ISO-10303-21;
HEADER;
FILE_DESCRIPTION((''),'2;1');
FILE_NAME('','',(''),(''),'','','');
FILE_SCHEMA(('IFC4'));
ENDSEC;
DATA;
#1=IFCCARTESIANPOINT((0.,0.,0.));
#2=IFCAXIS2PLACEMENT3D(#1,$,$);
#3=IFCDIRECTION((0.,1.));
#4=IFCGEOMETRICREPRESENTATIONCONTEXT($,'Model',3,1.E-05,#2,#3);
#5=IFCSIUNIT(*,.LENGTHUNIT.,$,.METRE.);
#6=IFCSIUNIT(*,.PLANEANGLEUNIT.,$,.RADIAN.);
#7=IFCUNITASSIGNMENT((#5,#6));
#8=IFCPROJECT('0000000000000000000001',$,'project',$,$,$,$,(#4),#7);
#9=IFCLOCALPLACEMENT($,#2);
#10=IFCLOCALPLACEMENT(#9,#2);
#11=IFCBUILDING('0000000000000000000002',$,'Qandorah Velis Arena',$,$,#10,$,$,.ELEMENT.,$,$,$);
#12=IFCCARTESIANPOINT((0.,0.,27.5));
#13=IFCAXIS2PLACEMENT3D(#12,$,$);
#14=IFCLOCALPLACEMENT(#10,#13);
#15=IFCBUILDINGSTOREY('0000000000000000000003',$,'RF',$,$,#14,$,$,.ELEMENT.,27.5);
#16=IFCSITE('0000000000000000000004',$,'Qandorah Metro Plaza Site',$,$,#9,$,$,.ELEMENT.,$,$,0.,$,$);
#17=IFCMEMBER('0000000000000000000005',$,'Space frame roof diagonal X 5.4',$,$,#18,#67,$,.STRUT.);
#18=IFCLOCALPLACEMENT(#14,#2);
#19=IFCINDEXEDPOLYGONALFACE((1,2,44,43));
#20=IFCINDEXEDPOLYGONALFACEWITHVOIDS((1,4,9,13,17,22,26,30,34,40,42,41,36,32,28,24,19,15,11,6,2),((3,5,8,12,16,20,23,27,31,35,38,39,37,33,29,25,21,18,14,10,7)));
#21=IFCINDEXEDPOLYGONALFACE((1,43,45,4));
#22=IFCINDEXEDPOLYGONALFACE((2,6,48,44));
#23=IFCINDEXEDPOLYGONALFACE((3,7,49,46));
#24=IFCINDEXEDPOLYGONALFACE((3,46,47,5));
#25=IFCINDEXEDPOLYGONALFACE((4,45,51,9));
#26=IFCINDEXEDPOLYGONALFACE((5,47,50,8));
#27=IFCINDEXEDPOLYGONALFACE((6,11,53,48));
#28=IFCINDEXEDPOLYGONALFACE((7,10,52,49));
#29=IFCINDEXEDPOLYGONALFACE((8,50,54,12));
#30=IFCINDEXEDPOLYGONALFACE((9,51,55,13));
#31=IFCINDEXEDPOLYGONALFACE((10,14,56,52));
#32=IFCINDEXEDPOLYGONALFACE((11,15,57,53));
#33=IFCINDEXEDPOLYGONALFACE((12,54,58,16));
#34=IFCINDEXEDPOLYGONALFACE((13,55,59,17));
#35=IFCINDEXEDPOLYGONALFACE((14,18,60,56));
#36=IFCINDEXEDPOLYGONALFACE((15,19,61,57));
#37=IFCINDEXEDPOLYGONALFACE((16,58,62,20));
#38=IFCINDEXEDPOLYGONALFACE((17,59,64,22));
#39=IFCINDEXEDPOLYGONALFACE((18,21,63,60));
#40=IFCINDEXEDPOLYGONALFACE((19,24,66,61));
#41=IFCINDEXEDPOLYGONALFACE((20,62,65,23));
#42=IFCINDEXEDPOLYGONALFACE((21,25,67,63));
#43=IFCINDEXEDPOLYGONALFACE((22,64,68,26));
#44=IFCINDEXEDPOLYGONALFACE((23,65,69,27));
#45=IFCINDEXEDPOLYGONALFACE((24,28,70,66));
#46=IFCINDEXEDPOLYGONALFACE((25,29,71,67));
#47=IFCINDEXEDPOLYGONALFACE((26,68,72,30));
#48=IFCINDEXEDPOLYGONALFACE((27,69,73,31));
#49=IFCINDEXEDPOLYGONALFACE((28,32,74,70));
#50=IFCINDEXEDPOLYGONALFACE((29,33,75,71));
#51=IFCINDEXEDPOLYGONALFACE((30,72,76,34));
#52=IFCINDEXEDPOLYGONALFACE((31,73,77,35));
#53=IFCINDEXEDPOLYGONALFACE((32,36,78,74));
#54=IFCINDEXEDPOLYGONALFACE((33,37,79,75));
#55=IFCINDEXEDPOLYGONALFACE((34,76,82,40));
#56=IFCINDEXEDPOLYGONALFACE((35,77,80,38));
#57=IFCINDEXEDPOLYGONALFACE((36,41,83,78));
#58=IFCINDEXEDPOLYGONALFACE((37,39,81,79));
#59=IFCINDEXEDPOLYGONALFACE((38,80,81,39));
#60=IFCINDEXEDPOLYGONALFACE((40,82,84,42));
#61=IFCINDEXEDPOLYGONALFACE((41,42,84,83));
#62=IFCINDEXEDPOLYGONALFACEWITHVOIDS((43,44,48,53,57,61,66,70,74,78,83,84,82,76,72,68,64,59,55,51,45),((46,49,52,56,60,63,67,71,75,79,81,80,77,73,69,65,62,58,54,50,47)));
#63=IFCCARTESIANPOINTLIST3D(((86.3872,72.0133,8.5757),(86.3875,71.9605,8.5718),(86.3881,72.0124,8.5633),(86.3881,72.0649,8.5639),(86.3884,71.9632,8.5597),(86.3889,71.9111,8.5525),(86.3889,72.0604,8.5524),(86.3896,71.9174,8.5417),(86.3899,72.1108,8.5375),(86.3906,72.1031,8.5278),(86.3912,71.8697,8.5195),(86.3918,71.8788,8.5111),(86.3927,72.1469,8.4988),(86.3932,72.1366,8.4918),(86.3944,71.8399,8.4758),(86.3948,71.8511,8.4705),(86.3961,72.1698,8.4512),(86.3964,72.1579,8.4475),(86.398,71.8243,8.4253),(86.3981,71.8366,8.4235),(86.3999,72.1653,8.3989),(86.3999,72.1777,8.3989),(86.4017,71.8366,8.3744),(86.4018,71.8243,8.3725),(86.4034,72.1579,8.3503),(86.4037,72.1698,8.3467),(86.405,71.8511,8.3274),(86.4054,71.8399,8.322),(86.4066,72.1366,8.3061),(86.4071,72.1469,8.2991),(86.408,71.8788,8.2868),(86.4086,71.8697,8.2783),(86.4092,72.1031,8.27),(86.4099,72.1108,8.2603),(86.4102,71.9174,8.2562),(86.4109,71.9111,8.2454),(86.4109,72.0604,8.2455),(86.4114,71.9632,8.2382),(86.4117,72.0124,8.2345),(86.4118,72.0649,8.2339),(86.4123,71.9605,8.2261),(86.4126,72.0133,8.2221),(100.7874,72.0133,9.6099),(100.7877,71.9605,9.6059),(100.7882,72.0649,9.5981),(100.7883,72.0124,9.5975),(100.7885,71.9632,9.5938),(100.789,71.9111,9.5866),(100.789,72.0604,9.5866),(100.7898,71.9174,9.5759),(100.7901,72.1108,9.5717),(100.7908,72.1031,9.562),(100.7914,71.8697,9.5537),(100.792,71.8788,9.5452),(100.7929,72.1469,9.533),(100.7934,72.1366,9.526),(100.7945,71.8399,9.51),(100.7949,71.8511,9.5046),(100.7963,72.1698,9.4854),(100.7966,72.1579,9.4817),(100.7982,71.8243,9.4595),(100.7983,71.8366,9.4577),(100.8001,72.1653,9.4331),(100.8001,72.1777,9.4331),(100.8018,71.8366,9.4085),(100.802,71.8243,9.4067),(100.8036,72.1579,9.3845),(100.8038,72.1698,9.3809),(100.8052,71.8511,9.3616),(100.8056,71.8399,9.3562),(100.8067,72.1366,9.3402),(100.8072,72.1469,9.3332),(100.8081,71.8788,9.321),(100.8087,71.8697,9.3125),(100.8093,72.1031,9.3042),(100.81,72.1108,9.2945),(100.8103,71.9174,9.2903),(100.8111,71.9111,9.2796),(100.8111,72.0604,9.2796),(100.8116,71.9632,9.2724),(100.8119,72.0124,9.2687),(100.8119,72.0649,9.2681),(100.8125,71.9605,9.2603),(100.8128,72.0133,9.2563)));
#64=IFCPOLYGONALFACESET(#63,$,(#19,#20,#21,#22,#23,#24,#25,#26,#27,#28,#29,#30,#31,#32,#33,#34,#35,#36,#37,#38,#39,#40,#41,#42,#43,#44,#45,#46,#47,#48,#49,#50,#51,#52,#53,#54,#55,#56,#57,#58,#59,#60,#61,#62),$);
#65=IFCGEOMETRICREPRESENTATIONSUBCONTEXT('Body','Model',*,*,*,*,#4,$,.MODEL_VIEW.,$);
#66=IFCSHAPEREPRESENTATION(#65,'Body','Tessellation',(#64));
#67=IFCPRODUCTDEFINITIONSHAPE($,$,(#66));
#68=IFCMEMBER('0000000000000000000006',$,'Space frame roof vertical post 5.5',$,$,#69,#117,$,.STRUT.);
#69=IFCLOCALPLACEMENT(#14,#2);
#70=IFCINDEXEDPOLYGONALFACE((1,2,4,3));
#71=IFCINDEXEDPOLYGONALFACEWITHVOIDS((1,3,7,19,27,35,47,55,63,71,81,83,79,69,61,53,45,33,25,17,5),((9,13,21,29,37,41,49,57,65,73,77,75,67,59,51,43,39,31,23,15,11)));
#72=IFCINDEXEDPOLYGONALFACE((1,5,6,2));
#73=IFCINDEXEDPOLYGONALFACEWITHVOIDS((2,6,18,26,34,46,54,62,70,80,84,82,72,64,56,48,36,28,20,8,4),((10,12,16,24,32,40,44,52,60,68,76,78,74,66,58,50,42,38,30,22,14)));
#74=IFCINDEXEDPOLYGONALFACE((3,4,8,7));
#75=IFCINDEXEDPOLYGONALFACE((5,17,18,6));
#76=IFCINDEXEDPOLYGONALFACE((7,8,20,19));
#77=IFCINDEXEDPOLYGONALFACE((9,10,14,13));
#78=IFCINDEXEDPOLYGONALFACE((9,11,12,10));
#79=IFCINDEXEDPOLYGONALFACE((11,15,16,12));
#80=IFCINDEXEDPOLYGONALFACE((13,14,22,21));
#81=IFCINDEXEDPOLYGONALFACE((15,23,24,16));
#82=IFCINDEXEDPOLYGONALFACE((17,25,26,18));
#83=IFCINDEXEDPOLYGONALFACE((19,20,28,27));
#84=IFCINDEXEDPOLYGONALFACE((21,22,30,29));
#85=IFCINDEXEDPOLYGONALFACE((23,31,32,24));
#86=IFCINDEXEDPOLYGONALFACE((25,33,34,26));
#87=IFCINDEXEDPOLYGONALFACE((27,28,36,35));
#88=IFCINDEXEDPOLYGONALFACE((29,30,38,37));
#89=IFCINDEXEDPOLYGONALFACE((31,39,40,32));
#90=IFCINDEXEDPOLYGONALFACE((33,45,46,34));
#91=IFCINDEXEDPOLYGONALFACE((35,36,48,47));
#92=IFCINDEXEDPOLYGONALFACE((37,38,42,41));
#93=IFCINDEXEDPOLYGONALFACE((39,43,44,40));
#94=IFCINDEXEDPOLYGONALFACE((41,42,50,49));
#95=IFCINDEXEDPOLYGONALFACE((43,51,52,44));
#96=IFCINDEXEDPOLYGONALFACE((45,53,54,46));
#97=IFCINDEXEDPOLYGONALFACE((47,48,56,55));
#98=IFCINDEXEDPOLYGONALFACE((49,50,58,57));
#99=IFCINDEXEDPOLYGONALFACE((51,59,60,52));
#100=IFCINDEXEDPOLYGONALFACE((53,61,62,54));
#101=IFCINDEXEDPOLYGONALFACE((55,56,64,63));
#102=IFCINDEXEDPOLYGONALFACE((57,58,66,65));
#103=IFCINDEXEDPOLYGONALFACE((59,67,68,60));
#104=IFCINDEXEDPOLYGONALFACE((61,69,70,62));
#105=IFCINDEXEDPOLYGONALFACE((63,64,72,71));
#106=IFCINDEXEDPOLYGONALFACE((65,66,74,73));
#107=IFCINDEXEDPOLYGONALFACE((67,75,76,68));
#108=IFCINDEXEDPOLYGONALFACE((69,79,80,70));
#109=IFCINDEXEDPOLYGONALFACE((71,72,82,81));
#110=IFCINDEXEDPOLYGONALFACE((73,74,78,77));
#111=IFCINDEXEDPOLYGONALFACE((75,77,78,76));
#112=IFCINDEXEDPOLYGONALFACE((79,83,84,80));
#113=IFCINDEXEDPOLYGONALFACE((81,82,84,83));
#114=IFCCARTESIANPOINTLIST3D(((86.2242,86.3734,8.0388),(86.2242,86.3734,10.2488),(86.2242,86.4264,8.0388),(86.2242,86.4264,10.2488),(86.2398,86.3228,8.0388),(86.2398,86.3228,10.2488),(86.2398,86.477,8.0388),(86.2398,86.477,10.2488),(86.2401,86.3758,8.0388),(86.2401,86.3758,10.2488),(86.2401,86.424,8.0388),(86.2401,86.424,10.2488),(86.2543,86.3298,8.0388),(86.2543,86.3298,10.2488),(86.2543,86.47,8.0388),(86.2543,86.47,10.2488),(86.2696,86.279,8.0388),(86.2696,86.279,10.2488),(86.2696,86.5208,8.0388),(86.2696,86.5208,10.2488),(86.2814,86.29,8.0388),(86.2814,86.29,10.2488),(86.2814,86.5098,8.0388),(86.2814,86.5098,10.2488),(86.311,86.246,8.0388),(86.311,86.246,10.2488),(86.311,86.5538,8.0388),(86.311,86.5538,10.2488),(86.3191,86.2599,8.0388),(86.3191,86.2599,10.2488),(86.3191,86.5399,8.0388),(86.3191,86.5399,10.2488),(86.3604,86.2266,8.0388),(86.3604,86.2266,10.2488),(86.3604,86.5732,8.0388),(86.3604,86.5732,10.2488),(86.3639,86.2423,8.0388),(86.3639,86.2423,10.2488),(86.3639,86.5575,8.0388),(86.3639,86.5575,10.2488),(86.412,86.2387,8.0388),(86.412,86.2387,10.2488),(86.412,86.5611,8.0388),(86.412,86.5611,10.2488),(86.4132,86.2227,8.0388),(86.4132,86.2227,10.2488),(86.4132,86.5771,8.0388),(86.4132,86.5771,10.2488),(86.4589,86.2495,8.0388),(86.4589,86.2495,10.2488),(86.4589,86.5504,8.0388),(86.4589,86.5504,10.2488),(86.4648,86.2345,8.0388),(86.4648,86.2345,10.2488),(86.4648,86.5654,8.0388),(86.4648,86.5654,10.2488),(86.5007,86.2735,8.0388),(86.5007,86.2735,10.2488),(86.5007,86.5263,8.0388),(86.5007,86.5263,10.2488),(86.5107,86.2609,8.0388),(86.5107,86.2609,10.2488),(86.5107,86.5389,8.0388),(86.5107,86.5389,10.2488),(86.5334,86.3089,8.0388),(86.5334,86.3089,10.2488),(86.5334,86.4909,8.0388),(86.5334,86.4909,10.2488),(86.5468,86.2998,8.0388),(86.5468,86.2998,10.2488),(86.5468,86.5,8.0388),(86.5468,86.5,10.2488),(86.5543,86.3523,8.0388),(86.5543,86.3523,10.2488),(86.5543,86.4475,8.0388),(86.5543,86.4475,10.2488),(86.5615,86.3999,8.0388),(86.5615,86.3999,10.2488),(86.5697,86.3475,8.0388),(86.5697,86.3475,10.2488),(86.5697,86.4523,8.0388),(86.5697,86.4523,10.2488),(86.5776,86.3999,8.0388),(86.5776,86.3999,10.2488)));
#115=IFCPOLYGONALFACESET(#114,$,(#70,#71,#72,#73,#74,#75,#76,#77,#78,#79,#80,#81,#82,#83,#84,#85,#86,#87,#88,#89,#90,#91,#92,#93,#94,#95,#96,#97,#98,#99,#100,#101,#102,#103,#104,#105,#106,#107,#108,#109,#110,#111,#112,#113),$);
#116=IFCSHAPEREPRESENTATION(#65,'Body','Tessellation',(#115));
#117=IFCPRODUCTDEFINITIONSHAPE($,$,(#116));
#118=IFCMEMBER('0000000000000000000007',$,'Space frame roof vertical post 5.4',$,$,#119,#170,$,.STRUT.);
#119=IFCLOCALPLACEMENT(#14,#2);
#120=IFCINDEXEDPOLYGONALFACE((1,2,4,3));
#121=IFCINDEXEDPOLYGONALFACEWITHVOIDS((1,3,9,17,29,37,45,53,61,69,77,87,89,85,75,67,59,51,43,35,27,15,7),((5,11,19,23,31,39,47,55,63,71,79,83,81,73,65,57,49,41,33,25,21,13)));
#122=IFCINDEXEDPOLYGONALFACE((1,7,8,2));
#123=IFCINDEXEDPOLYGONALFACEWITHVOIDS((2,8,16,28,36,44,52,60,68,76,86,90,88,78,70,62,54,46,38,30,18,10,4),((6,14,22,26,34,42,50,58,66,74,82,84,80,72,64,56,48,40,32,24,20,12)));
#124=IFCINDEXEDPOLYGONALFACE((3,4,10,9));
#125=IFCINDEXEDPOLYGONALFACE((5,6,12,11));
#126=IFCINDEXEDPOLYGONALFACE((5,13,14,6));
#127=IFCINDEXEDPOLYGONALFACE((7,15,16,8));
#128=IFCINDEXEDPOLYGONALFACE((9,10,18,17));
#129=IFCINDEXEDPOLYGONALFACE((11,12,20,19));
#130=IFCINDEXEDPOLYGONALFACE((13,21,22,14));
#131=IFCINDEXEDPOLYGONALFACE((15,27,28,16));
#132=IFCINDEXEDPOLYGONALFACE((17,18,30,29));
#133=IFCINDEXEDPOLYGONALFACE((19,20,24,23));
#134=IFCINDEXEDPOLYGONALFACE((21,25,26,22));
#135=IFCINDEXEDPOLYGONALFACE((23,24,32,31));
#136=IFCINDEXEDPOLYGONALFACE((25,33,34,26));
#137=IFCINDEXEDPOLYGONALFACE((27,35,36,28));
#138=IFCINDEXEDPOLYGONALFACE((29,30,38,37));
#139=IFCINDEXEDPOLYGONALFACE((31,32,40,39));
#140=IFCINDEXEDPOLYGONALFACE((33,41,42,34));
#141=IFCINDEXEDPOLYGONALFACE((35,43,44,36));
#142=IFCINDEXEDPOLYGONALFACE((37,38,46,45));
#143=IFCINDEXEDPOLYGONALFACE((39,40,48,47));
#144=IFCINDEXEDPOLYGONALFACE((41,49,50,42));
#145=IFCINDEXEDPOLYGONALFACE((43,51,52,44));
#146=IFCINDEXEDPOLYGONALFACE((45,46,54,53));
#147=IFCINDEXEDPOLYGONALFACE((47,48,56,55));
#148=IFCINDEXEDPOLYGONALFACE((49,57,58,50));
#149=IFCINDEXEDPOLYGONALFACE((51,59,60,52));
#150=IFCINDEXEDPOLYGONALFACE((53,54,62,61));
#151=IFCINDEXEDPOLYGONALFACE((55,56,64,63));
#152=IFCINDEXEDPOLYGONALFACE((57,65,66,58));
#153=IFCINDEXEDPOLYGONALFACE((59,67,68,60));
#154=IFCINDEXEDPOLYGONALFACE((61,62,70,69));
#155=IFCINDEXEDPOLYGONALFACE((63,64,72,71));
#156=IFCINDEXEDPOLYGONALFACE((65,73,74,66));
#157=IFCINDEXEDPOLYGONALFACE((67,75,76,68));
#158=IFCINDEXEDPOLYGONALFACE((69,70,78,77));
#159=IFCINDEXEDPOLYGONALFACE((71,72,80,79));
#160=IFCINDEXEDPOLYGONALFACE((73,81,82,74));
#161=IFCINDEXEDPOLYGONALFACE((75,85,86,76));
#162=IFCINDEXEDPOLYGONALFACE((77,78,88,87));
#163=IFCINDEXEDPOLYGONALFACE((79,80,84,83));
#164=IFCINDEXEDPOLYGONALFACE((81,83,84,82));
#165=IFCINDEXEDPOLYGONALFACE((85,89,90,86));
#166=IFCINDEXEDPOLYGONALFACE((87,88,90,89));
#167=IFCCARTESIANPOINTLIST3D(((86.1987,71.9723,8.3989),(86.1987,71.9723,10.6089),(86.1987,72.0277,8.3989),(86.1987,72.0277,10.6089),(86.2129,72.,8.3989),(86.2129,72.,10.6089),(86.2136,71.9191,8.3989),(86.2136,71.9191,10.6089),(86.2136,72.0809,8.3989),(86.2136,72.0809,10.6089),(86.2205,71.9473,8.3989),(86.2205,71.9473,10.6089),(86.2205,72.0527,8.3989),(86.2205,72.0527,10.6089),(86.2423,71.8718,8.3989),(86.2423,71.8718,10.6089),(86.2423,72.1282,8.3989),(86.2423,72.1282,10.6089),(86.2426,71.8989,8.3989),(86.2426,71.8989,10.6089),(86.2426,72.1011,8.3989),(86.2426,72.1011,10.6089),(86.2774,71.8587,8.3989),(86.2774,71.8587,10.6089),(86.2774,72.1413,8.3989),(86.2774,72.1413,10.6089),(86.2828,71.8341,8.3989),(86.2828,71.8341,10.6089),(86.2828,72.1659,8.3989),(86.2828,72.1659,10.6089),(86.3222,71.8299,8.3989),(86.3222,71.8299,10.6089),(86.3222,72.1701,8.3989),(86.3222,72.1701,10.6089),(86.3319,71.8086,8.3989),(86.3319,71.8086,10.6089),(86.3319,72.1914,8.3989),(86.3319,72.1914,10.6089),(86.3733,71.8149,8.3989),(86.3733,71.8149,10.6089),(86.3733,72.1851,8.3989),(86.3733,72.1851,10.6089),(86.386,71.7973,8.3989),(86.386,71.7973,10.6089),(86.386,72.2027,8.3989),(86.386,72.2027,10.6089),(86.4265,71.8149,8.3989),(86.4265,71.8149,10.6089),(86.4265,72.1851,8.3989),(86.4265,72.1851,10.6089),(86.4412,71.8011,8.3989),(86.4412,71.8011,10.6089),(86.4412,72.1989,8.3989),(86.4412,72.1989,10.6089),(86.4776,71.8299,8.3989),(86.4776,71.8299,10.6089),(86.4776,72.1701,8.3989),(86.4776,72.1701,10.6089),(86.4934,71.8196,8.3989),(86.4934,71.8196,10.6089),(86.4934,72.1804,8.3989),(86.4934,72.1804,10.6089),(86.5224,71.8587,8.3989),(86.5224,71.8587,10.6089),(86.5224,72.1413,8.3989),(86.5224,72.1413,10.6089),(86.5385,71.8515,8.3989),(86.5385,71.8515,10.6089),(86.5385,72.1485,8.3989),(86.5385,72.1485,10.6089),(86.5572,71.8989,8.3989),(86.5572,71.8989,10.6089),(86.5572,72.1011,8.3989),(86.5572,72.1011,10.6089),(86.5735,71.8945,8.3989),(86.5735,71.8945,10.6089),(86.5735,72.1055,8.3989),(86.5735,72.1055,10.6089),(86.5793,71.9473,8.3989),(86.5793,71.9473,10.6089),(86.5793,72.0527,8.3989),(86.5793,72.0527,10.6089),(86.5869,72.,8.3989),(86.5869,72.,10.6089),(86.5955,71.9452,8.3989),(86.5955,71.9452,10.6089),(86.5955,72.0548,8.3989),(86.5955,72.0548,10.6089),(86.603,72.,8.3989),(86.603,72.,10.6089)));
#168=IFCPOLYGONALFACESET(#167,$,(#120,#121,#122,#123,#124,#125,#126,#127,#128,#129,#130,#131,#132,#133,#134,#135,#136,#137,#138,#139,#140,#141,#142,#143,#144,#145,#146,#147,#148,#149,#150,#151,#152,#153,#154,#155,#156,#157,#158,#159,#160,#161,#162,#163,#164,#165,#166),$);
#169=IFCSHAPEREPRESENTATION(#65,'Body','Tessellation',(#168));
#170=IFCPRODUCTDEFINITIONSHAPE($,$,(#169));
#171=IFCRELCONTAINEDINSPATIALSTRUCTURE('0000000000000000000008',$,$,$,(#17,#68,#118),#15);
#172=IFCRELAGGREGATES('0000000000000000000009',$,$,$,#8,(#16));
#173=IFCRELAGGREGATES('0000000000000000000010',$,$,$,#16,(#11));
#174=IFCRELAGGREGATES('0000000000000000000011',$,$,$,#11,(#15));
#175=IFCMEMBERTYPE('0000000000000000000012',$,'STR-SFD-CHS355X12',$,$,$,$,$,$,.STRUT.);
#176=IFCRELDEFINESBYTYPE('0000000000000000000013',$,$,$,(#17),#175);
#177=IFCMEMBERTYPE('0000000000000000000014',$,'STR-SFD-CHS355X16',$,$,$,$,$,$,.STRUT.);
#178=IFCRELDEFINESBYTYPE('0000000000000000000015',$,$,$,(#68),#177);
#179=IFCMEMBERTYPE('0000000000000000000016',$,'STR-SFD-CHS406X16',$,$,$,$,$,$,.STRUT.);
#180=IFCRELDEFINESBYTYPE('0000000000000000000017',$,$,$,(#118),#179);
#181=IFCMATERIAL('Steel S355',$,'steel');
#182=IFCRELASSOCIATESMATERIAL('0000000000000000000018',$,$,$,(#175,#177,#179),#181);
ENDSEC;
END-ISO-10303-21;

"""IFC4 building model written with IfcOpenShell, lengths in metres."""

from ifc_helpers import new_model, si_unit, direction, frame, origin, origin_2d, place, context, subcontext, project, spatial, hollow_circle, extrude, material, material_profile, profile_set, type_object, element, save


model = new_model("IFC4")

# Units and contexts
model_context = context("Model", 3, precision=1e-05, world=origin(), true_north=direction((0.0, 1.0)))
body_context = subcontext(model_context, "Body", "Model", "MODEL_VIEW")
ifc_project = project(units=[si_unit("LENGTHUNIT", "METRE"), si_unit("PLANEANGLEUNIT", "RADIAN")], contexts=[model_context])

# Site, building, storey
site_placement = place(None, origin())
site = spatial("IfcSite", under=ifc_project, at=site_placement, Name="Qandorah Metro Plaza Site", CompositionType="ELEMENT", RefElevation=0.0)
building_placement = place(site_placement, origin())
building = spatial("IfcBuilding", under=site, at=building_placement, Name="Qandorah Velis Arena", CompositionType="ELEMENT")
storey_placement = place(building_placement, frame((0.0, 0.0, 27.5)))
storey = spatial("IfcBuildingStorey", under=building, at=storey_placement, Name="RF", CompositionType="ELEMENT", Elevation=27.5)

# Shared definitions
ifc_material_1 = material(Name="Steel S355", Category="steel")

# Members
ifc_material_profile_1 = material_profile(ifc_material_1, hollow_circle(Radius=0.1777, WallThickness=0.0125, at=origin_2d()), Name="CHS 355.6x12.5")
ifc_profile_set_1 = profile_set([ifc_material_profile_1], Name="Steel S355")
member_type_1 = type_object("IfcMemberType", Name="STR-SFD-CHS355X12", PredefinedType="STRUT", material=ifc_profile_set_1)
member_1_placement = place(storey_placement, frame((86.3999, 72.0, 8.3989), z_axis=(0.997431, 0.0, 0.071633), x_axis=(0.0, 1.0, 0.0)))
element("IfcMember", 1, at=member_1_placement, inside=storey, type_object=member_type_1, Name="Space frame roof diagonal X 5.4", PredefinedType="STRUT", context=body_context, shape_type="SweptSolid", body=[
    extrude(hollow_circle(Radius=0.1777, WallThickness=0.0125, at=origin_2d()), origin(), (0.0, 0.0, 1.0), 14.4373),
])
ifc_material_profile_2 = material_profile(ifc_material_1, hollow_circle(Radius=0.1777, WallThickness=0.0161, at=origin_2d()), Name="CHS 355.6x16")
ifc_profile_set_2 = profile_set([ifc_material_profile_2], Name="Steel S355")
member_type_2 = type_object("IfcMemberType", Name="STR-SFD-CHS355X16", PredefinedType="STRUT", material=ifc_profile_set_2)
member_2_placement = place(storey_placement, frame((86.3999, 86.3999, 8.0388), z_axis=(0.0, 0.0, 1.0), x_axis=(1.0, 0.0, 0.0)))
element("IfcMember", 2, at=member_2_placement, inside=storey, type_object=member_type_2, Name="Space frame roof vertical post 5.5", PredefinedType="STRUT", context=body_context, shape_type="SweptSolid", body=[
    extrude(hollow_circle(Radius=0.1777, WallThickness=0.0161, at=origin_2d()), origin(), (0.0, 0.0, 1.0), 2.21),
])
ifc_material_profile_3 = material_profile(ifc_material_1, hollow_circle(Radius=0.2031, WallThickness=0.0161, at=origin_2d()), Name="CHS 406.4x16")
ifc_profile_set_3 = profile_set([ifc_material_profile_3], Name="Steel S355")
member_type_3 = type_object("IfcMemberType", Name="STR-SFD-CHS406X16", PredefinedType="STRUT", material=ifc_profile_set_3)
member_3_placement = place(storey_placement, frame((86.3999, 72.0, 8.3989), z_axis=(0.0, 0.0, 1.0), x_axis=(1.0, 0.0, 0.0)))
element("IfcMember", 3, at=member_3_placement, inside=storey, type_object=member_type_3, Name="Space frame roof vertical post 5.4", PredefinedType="STRUT", context=body_context, shape_type="SweptSolid", body=[
    extrude(hollow_circle(Radius=0.2031, WallThickness=0.0161, at=origin_2d()), origin(), (0.0, 0.0, 1.0), 2.21),
])

save(model, "model.ifc")
